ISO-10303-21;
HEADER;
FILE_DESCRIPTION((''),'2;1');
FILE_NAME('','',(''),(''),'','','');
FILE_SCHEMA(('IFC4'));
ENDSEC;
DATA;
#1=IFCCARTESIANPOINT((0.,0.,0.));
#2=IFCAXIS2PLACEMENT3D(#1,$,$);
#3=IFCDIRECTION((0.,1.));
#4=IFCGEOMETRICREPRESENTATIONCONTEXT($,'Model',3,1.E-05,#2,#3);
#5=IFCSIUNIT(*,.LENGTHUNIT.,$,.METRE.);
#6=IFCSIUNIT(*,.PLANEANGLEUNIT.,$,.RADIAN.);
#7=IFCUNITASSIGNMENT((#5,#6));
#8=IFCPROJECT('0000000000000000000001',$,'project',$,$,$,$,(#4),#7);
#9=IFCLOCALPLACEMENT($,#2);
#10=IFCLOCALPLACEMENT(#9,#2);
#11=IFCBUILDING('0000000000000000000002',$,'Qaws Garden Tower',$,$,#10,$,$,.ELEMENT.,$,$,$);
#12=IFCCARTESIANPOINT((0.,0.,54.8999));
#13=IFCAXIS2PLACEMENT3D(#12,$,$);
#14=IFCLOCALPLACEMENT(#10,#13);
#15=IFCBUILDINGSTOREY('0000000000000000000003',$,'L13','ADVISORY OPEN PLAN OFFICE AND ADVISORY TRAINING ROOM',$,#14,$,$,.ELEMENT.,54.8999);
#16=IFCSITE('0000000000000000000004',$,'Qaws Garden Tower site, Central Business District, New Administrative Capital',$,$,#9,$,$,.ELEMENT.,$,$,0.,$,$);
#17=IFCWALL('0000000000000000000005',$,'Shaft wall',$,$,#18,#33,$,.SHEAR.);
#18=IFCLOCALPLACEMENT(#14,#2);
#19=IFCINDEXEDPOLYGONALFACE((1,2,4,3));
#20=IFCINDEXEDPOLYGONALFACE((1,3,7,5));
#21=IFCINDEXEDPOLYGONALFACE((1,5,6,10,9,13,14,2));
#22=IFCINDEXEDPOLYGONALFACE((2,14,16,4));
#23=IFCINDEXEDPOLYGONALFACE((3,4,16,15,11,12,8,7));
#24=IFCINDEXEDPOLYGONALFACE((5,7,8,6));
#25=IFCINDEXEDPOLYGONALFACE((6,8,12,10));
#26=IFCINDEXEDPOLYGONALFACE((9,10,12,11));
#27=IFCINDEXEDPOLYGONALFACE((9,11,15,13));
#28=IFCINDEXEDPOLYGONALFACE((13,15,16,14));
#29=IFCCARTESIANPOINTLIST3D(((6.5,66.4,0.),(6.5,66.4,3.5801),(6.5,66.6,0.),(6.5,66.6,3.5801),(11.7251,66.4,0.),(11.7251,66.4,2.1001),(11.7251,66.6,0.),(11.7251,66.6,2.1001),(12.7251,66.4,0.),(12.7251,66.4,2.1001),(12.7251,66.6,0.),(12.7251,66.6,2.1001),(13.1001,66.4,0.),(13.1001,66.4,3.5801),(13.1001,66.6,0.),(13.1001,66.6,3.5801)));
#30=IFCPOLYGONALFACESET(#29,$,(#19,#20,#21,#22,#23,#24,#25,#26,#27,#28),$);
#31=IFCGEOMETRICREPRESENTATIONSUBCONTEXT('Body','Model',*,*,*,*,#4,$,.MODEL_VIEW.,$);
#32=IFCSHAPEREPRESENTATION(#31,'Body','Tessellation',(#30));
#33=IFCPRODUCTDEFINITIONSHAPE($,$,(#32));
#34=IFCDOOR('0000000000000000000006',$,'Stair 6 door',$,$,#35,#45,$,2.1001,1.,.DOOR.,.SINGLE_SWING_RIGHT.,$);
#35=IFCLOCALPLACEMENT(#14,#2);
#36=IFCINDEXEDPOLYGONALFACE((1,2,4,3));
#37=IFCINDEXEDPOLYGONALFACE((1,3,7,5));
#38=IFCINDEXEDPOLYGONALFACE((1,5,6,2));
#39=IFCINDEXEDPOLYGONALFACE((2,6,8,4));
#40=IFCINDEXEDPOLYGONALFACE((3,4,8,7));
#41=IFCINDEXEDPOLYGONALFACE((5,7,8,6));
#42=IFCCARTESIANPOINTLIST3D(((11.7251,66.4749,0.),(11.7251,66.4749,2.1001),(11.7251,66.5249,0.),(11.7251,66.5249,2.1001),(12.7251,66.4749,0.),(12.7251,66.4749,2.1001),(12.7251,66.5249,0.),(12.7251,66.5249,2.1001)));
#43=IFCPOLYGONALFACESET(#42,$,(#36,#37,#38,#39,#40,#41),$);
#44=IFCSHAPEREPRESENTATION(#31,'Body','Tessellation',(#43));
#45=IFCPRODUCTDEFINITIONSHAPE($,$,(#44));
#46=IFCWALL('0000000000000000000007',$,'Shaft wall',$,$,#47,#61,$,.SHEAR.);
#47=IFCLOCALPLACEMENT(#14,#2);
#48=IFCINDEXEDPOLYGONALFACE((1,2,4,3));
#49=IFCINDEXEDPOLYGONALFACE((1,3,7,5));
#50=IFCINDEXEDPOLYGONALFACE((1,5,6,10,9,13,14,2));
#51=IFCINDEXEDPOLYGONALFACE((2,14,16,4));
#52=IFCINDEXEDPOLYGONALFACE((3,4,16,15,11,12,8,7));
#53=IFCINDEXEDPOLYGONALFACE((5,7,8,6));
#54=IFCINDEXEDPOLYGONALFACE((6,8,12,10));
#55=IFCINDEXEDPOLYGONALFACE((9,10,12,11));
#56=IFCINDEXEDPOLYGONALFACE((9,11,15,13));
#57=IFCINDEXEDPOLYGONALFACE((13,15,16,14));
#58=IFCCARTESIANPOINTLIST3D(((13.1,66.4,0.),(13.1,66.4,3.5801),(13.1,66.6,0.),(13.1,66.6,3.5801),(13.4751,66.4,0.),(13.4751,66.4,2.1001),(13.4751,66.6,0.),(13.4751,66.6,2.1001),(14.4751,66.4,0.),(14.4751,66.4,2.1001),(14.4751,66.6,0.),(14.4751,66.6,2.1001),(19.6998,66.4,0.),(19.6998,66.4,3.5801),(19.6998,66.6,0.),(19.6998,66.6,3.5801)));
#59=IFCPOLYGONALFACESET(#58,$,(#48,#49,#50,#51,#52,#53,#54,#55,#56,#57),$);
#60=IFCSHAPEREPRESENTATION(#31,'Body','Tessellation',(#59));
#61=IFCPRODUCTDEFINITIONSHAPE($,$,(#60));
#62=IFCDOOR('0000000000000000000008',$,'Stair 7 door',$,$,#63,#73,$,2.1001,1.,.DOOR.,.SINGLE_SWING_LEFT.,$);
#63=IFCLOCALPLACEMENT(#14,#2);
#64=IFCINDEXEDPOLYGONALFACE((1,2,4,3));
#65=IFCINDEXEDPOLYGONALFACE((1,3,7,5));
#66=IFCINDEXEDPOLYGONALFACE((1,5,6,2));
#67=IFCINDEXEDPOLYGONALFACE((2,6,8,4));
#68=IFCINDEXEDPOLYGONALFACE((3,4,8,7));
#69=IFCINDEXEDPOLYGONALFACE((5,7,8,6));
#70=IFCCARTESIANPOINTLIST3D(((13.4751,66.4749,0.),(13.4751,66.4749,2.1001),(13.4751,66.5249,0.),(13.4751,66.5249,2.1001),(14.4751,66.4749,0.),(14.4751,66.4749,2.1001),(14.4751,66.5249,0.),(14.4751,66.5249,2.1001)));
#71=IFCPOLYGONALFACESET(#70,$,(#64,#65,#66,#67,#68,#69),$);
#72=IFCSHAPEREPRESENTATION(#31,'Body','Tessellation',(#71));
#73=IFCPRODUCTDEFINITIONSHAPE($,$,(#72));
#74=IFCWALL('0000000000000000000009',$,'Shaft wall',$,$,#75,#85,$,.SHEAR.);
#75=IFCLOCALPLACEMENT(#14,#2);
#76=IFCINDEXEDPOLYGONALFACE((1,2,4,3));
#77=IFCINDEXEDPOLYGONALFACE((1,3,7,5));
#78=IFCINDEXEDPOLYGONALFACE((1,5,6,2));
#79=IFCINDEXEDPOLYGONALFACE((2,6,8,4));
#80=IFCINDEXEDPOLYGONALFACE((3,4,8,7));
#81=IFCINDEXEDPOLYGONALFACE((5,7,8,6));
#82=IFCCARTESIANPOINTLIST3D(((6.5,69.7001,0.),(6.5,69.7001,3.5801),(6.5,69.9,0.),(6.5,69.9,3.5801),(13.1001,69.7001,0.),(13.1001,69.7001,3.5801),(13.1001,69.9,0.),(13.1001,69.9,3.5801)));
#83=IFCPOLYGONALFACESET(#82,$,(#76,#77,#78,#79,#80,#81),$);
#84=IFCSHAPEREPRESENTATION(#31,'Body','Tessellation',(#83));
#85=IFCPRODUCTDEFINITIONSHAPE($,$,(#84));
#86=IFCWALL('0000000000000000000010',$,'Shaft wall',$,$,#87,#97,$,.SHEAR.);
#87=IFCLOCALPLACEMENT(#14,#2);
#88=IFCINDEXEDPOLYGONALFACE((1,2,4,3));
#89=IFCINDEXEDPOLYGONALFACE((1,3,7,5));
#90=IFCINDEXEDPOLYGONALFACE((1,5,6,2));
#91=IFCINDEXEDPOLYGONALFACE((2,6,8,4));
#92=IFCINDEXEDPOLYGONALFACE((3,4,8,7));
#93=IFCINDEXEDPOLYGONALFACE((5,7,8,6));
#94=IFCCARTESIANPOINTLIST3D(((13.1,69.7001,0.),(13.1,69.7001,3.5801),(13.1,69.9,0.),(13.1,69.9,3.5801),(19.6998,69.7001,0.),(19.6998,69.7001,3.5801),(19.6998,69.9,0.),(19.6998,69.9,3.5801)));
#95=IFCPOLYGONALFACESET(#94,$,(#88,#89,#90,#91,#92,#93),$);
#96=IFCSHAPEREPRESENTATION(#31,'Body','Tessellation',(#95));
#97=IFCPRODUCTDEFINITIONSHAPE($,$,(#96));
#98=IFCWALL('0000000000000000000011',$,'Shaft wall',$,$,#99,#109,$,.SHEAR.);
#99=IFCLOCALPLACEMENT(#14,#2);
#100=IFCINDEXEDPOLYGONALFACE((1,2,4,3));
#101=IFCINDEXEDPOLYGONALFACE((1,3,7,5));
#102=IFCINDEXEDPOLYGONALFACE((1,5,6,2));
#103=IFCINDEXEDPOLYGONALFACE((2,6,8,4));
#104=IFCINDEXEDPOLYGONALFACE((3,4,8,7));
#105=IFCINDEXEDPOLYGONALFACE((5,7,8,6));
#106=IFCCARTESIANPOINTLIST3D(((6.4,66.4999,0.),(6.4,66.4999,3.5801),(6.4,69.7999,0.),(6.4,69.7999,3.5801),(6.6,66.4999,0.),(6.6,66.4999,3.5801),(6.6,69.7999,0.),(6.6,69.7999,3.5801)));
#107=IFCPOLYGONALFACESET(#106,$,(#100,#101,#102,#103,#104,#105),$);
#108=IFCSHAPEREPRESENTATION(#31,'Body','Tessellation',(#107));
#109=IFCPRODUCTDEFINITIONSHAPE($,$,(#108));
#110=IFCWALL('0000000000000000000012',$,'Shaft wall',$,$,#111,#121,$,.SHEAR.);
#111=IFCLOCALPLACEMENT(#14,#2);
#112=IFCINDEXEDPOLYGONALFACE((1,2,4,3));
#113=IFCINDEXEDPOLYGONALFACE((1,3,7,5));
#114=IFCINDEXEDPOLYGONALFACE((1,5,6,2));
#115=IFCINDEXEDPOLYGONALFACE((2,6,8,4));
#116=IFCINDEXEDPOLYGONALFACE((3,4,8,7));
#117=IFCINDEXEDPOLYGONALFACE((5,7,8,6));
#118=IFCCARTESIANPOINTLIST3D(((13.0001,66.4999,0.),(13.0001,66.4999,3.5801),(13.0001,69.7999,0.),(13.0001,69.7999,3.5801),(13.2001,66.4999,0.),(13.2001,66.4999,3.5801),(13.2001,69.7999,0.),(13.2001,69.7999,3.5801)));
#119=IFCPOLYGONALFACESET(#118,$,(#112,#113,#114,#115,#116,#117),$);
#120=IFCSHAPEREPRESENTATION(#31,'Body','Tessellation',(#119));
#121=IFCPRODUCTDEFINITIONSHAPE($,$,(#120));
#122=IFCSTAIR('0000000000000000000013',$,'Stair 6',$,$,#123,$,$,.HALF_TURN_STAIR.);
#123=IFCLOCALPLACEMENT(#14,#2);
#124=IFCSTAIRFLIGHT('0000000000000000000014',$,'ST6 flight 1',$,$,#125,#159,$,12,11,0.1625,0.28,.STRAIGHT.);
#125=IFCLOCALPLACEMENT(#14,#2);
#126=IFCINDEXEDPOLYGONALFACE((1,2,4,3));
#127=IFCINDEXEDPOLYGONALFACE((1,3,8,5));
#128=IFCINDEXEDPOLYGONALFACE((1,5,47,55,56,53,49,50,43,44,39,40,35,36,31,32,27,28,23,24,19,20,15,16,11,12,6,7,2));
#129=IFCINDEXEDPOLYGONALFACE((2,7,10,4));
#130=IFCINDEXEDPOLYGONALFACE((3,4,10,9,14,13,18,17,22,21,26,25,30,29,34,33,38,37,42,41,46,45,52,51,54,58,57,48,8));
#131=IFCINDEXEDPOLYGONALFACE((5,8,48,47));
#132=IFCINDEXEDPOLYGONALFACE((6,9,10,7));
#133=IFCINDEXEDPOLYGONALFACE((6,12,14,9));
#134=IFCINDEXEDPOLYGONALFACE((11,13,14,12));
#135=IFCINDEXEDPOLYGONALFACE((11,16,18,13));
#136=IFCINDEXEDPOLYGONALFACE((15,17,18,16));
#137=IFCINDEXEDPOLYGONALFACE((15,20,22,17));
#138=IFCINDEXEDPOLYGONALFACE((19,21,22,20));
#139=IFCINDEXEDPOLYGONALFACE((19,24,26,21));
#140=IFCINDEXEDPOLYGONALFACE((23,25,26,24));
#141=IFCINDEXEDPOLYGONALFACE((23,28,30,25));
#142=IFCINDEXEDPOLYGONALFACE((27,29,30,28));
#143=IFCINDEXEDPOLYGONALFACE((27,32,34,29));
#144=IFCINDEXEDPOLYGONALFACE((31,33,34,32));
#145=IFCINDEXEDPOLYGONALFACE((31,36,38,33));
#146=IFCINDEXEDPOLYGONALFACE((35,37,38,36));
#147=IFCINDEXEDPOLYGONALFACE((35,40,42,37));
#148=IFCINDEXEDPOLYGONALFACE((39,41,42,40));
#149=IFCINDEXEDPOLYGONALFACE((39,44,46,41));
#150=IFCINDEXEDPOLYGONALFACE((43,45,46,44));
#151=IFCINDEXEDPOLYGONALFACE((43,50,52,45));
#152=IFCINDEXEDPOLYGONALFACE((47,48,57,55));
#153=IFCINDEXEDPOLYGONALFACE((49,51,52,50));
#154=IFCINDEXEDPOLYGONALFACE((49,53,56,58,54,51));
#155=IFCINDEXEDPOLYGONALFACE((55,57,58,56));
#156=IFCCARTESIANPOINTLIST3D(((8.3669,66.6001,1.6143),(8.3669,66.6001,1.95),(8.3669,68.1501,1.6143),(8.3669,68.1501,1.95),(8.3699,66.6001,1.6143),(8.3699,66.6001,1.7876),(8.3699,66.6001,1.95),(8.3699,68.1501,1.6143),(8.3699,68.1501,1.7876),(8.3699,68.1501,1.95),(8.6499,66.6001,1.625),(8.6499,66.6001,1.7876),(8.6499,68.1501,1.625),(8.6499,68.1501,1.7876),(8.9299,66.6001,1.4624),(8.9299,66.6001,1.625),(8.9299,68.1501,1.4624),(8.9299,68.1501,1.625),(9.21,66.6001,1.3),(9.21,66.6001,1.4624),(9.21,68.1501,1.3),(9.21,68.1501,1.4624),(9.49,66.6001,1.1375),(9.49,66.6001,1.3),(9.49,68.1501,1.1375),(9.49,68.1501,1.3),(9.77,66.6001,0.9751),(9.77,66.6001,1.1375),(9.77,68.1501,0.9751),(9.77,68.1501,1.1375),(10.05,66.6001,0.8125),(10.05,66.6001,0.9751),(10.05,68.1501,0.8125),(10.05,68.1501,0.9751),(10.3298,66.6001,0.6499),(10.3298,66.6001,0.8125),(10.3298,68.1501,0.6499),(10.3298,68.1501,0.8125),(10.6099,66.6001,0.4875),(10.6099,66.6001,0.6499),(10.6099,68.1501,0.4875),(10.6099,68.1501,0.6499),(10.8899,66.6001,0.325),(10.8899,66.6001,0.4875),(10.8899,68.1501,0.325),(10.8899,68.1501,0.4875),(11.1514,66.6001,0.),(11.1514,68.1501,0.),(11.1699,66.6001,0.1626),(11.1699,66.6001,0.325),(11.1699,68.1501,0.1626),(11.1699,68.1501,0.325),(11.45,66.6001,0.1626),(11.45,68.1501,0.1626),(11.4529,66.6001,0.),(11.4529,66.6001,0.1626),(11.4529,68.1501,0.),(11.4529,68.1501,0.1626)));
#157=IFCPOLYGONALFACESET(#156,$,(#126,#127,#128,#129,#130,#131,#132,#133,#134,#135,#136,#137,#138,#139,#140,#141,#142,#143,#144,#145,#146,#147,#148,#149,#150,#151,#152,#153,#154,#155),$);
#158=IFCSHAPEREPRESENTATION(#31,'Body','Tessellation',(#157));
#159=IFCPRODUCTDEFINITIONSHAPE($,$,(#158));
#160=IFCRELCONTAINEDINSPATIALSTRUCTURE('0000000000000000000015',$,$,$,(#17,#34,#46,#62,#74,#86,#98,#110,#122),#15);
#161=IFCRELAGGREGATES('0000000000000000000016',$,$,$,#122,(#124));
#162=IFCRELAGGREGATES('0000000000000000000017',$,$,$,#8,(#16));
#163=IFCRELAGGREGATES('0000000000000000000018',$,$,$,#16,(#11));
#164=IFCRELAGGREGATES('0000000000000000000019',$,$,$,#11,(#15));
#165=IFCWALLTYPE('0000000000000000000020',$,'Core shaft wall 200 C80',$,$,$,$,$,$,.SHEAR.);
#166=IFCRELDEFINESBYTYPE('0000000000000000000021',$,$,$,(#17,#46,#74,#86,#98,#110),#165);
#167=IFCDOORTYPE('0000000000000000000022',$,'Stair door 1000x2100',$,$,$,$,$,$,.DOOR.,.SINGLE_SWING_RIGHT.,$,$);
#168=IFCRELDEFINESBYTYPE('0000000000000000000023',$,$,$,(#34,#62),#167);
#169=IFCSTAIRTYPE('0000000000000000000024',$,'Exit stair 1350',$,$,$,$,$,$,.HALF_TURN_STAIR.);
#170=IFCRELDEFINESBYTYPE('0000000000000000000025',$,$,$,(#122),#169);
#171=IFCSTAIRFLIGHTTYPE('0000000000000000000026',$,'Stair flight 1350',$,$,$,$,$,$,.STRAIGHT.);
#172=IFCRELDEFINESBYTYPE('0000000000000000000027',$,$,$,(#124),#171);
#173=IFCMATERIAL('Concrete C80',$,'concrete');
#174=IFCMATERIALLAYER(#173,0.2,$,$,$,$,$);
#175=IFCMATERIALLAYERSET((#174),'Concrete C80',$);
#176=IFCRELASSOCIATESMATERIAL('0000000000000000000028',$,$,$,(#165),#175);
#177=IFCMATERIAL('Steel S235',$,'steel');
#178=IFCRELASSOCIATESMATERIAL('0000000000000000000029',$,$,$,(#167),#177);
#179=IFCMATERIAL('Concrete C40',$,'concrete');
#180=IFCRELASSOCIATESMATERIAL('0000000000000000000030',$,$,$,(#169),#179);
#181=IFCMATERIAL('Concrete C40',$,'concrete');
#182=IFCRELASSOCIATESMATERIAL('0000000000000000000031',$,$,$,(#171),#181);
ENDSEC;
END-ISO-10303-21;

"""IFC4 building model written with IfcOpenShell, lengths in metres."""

from ifc_helpers import new_model, si_unit, direction, frame, frame_2d, origin, place, context, subcontext, project, spatial, polyline, rectangle, outline, extrude, material, layer, layer_set, type_object, element, fill, aggregate, save


model = new_model("IFC4")

# Units and contexts
model_context = context("Model", 3, precision=1e-05, world=origin(), true_north=direction((0.0, 1.0)))
body_context = subcontext(model_context, "Body", "Model", "MODEL_VIEW")
ifc_project = project(units=[si_unit("LENGTHUNIT", "METRE"), si_unit("PLANEANGLEUNIT", "RADIAN")], contexts=[model_context])

# Site, building, storey
site_placement = place(None, origin())
site = spatial("IfcSite", under=ifc_project, at=site_placement, Name="Qaws Garden Tower site, Central Business District, New Administrative Capital", CompositionType="ELEMENT", RefElevation=0.0)
building_placement = place(site_placement, origin())
building = spatial("IfcBuilding", under=site, at=building_placement, Name="Qaws Garden Tower", CompositionType="ELEMENT")
storey_placement = place(building_placement, frame((0.0, 0.0, 54.8999)))
storey = spatial("IfcBuildingStorey", under=building, at=storey_placement, Name="L13", Description="ADVISORY OPEN PLAN OFFICE AND ADVISORY TRAINING ROOM", CompositionType="ELEMENT", Elevation=54.8999)

# Walls, openings, doors
ifc_material_1 = material(Name="Concrete C80", Category="concrete")
ifc_layer_1 = layer(ifc_material_1, 0.2)
ifc_layer_set_1 = layer_set([ifc_layer_1], Name="Concrete C80")
wall_type_1 = type_object("IfcWallType", Name="Core shaft wall 200 C80", PredefinedType="SHEAR", material=ifc_layer_set_1)
wall_1_placement = place(storey_placement, frame((6.5, 66.5, 0.0), z_axis=(0.0, 0.0, 1.0), x_axis=(1.0, 0.0, 0.0)))
wall_1 = element("IfcWall", 1, at=wall_1_placement, inside=storey, type_object=wall_type_1, Name="Shaft wall", PredefinedType="SHEAR", context=body_context, shape_type="SweptSolid", body=[
    extrude(rectangle(XDim=6.6001, YDim=0.2, at=frame_2d((3.3, 0.0))), origin(), (0.0, 0.0, 1.0), 3.5801),
])
opening_1_placement = place(wall_1_placement, frame((5.2251, 0.0, 0.0)))
opening_1 = element("IfcOpeningElement", 2, at=opening_1_placement, cuts=wall_1, PredefinedType="OPENING", context=body_context, shape_type="SweptSolid", body=[
    extrude(rectangle(XDim=1.0, YDim=2.1001, at=frame_2d((0.5, 1.05))), frame((0.0, 0.1099, 0.0), z_axis=(0.0, -1.0, 0.0), x_axis=(1.0, 0.0, 0.0)), (0.0, 0.0, 1.0), 0.22),
])
ifc_material_2 = material(Name="Steel S235", Category="steel")
door_type = type_object("IfcDoorType", Name="Stair door 1000x2100", OperationType="SINGLE_SWING_RIGHT", PredefinedType="DOOR", material=ifc_material_2)
door_1_placement = place(opening_1_placement, origin())
door_1 = element("IfcDoor", 3, at=door_1_placement, inside=storey, type_object=door_type, Name="Stair 6 door", OperationType="SINGLE_SWING_RIGHT", OverallHeight=2.1001, OverallWidth=1.0, PredefinedType="DOOR", context=body_context, shape_type="SweptSolid", body=[
    extrude(rectangle(XDim=1.0, YDim=2.1001, at=frame_2d((0.5, 1.05))), frame((0.0, 0.0249, 0.0), z_axis=(0.0, -1.0, 0.0), x_axis=(1.0, 0.0, 0.0)), (0.0, 0.0, 1.0), 0.05),
])
fill(opening_1, door_1)
wall_2_placement = place(storey_placement, frame((13.1001, 66.5, 0.0), z_axis=(0.0, 0.0, 1.0), x_axis=(1.0, 0.0, 0.0)))
wall_2 = element("IfcWall", 4, at=wall_2_placement, inside=storey, type_object=wall_type_1, Name="Shaft wall", PredefinedType="SHEAR", context=body_context, shape_type="SweptSolid", body=[
    extrude(rectangle(XDim=6.5999, YDim=0.2, at=frame_2d((3.2998, 0.0))), origin(), (0.0, 0.0, 1.0), 3.5801),
])
opening_2_placement = place(wall_2_placement, frame((0.375, 0.0, 0.0)))
opening_2 = element("IfcOpeningElement", 5, at=opening_2_placement, cuts=wall_2, PredefinedType="OPENING", context=body_context, shape_type="SweptSolid", body=[
    extrude(rectangle(XDim=1.0, YDim=2.1001, at=frame_2d((0.5, 1.05))), frame((0.0, 0.1099, 0.0), z_axis=(0.0, -1.0, 0.0), x_axis=(1.0, 0.0, 0.0)), (0.0, 0.0, 1.0), 0.22),
])
door_2_placement = place(opening_2_placement, origin())
door_2 = element("IfcDoor", 6, at=door_2_placement, inside=storey, type_object=door_type, Name="Stair 7 door", OperationType="SINGLE_SWING_LEFT", OverallHeight=2.1001, OverallWidth=1.0, PredefinedType="DOOR", context=body_context, shape_type="SweptSolid", body=[
    extrude(rectangle(XDim=1.0, YDim=2.1001, at=frame_2d((0.5, 1.05))), frame((0.0, 0.0249, 0.0), z_axis=(0.0, -1.0, 0.0), x_axis=(1.0, 0.0, 0.0)), (0.0, 0.0, 1.0), 0.05),
])
fill(opening_2, door_2)

# Walls
wall_3_placement = place(storey_placement, frame((6.5, 69.8, 0.0), z_axis=(0.0, 0.0, 1.0), x_axis=(1.0, 0.0, 0.0)))
element("IfcWall", 7, at=wall_3_placement, inside=storey, type_object=wall_type_1, Name="Shaft wall", PredefinedType="SHEAR", context=body_context, shape_type="SweptSolid", body=[
    extrude(rectangle(XDim=6.6001, YDim=0.2, at=frame_2d((3.3, 0.0))), origin(), (0.0, 0.0, 1.0), 3.5801),
])
wall_4_placement = place(storey_placement, frame((13.1001, 69.8, 0.0), z_axis=(0.0, 0.0, 1.0), x_axis=(1.0, 0.0, 0.0)))
element("IfcWall", 8, at=wall_4_placement, inside=storey, type_object=wall_type_1, Name="Shaft wall", PredefinedType="SHEAR", context=body_context, shape_type="SweptSolid", body=[
    extrude(rectangle(XDim=6.5999, YDim=0.2, at=frame_2d((3.2998, 0.0))), origin(), (0.0, 0.0, 1.0), 3.5801),
])
for number, where, z_axis, x_axis, name in (
    (9, (6.5, 66.5, 0.0), (0.0, 0.0, 1.0), (0.0, 1.0, 0.0), "Shaft wall"),
    (10, (13.1001, 66.5, 0.0), (0.0, 0.0, 1.0), (0.0, 1.0, 0.0), "Shaft wall"),
):
    element("IfcWall", number, at=place(storey_placement, frame(where, z_axis=z_axis, x_axis=x_axis)), inside=storey, type_object=wall_type_1, Name=name, PredefinedType="SHEAR", context=body_context, shape_type="SweptSolid", body=[
        extrude(rectangle(XDim=3.3, YDim=0.2, at=frame_2d((1.6499, 0.0))), origin(), (0.0, 0.0, 1.0), 3.5801),
    ])

# Stair, stair flight
ifc_material_3 = material(Name="Concrete C40", Category="concrete")
stair_type = type_object("IfcStairType", Name="Exit stair 1350", PredefinedType="HALF_TURN_STAIR", material=ifc_material_3)
placement = place(storey_placement, origin())
stair_1 = element("IfcStair", 11, at=placement, inside=storey, type_object=stair_type, Name="Stair 6", PredefinedType="HALF_TURN_STAIR")
ifc_material_4 = material(Name="Concrete C40", Category="concrete")
stair_flight_type = type_object("IfcStairFlightType", Name="Stair flight 1350", PredefinedType="STRAIGHT", material=ifc_material_4)
stair_flight_1_placement = place(storey_placement, frame((11.45, 67.375, 0.0), z_axis=(0.0, 0.0, 1.0), x_axis=(-1.0, 0.0, 0.0)))
stair_flight_1 = element("IfcStairFlight", 12, at=stair_flight_1_placement, type_object=stair_flight_type, Name="ST6 flight 1", NumberOfRisers=12, NumberOfTreads=11, PredefinedType="STRAIGHT", RiserHeight=0.1625, TreadLength=0.28, context=body_context, shape_type="SweptSolid", body=[
    extrude(outline(polyline([(-0.0029, 0.0), (-0.0029, 0.1626), (0.0, 0.1626), (0.28, 0.1626), (0.28, 0.325), (0.5601, 0.325), (0.5601, 0.4875), (0.8401, 0.4875), (0.8401, 0.6499), (1.1201, 0.6499), (1.1201, 0.8125), (1.3999, 0.8125), (1.3999, 0.9751), (1.6799, 0.9751), (1.6799, 1.1375), (1.96, 1.1375), (1.96, 1.3), (2.24, 1.3), (2.24, 1.4624), (2.52, 1.4624), (2.52, 1.625), (2.8, 1.625), (2.8, 1.7876), (3.0801, 1.7876), (3.0801, 1.95), (3.083, 1.95), (3.083, 1.6143), (3.0801, 1.6143), (0.2986, 0.0), (-0.0029, 0.0)])), frame((0.0, 0.7749, 0.0), z_axis=(0.0, -1.0, 0.0), x_axis=(1.0, 0.0, 0.0)), (0.0, 0.0, 1.0), 1.55),
])
aggregate(stair_1, [stair_flight_1])

save(model, "model.ifc")
